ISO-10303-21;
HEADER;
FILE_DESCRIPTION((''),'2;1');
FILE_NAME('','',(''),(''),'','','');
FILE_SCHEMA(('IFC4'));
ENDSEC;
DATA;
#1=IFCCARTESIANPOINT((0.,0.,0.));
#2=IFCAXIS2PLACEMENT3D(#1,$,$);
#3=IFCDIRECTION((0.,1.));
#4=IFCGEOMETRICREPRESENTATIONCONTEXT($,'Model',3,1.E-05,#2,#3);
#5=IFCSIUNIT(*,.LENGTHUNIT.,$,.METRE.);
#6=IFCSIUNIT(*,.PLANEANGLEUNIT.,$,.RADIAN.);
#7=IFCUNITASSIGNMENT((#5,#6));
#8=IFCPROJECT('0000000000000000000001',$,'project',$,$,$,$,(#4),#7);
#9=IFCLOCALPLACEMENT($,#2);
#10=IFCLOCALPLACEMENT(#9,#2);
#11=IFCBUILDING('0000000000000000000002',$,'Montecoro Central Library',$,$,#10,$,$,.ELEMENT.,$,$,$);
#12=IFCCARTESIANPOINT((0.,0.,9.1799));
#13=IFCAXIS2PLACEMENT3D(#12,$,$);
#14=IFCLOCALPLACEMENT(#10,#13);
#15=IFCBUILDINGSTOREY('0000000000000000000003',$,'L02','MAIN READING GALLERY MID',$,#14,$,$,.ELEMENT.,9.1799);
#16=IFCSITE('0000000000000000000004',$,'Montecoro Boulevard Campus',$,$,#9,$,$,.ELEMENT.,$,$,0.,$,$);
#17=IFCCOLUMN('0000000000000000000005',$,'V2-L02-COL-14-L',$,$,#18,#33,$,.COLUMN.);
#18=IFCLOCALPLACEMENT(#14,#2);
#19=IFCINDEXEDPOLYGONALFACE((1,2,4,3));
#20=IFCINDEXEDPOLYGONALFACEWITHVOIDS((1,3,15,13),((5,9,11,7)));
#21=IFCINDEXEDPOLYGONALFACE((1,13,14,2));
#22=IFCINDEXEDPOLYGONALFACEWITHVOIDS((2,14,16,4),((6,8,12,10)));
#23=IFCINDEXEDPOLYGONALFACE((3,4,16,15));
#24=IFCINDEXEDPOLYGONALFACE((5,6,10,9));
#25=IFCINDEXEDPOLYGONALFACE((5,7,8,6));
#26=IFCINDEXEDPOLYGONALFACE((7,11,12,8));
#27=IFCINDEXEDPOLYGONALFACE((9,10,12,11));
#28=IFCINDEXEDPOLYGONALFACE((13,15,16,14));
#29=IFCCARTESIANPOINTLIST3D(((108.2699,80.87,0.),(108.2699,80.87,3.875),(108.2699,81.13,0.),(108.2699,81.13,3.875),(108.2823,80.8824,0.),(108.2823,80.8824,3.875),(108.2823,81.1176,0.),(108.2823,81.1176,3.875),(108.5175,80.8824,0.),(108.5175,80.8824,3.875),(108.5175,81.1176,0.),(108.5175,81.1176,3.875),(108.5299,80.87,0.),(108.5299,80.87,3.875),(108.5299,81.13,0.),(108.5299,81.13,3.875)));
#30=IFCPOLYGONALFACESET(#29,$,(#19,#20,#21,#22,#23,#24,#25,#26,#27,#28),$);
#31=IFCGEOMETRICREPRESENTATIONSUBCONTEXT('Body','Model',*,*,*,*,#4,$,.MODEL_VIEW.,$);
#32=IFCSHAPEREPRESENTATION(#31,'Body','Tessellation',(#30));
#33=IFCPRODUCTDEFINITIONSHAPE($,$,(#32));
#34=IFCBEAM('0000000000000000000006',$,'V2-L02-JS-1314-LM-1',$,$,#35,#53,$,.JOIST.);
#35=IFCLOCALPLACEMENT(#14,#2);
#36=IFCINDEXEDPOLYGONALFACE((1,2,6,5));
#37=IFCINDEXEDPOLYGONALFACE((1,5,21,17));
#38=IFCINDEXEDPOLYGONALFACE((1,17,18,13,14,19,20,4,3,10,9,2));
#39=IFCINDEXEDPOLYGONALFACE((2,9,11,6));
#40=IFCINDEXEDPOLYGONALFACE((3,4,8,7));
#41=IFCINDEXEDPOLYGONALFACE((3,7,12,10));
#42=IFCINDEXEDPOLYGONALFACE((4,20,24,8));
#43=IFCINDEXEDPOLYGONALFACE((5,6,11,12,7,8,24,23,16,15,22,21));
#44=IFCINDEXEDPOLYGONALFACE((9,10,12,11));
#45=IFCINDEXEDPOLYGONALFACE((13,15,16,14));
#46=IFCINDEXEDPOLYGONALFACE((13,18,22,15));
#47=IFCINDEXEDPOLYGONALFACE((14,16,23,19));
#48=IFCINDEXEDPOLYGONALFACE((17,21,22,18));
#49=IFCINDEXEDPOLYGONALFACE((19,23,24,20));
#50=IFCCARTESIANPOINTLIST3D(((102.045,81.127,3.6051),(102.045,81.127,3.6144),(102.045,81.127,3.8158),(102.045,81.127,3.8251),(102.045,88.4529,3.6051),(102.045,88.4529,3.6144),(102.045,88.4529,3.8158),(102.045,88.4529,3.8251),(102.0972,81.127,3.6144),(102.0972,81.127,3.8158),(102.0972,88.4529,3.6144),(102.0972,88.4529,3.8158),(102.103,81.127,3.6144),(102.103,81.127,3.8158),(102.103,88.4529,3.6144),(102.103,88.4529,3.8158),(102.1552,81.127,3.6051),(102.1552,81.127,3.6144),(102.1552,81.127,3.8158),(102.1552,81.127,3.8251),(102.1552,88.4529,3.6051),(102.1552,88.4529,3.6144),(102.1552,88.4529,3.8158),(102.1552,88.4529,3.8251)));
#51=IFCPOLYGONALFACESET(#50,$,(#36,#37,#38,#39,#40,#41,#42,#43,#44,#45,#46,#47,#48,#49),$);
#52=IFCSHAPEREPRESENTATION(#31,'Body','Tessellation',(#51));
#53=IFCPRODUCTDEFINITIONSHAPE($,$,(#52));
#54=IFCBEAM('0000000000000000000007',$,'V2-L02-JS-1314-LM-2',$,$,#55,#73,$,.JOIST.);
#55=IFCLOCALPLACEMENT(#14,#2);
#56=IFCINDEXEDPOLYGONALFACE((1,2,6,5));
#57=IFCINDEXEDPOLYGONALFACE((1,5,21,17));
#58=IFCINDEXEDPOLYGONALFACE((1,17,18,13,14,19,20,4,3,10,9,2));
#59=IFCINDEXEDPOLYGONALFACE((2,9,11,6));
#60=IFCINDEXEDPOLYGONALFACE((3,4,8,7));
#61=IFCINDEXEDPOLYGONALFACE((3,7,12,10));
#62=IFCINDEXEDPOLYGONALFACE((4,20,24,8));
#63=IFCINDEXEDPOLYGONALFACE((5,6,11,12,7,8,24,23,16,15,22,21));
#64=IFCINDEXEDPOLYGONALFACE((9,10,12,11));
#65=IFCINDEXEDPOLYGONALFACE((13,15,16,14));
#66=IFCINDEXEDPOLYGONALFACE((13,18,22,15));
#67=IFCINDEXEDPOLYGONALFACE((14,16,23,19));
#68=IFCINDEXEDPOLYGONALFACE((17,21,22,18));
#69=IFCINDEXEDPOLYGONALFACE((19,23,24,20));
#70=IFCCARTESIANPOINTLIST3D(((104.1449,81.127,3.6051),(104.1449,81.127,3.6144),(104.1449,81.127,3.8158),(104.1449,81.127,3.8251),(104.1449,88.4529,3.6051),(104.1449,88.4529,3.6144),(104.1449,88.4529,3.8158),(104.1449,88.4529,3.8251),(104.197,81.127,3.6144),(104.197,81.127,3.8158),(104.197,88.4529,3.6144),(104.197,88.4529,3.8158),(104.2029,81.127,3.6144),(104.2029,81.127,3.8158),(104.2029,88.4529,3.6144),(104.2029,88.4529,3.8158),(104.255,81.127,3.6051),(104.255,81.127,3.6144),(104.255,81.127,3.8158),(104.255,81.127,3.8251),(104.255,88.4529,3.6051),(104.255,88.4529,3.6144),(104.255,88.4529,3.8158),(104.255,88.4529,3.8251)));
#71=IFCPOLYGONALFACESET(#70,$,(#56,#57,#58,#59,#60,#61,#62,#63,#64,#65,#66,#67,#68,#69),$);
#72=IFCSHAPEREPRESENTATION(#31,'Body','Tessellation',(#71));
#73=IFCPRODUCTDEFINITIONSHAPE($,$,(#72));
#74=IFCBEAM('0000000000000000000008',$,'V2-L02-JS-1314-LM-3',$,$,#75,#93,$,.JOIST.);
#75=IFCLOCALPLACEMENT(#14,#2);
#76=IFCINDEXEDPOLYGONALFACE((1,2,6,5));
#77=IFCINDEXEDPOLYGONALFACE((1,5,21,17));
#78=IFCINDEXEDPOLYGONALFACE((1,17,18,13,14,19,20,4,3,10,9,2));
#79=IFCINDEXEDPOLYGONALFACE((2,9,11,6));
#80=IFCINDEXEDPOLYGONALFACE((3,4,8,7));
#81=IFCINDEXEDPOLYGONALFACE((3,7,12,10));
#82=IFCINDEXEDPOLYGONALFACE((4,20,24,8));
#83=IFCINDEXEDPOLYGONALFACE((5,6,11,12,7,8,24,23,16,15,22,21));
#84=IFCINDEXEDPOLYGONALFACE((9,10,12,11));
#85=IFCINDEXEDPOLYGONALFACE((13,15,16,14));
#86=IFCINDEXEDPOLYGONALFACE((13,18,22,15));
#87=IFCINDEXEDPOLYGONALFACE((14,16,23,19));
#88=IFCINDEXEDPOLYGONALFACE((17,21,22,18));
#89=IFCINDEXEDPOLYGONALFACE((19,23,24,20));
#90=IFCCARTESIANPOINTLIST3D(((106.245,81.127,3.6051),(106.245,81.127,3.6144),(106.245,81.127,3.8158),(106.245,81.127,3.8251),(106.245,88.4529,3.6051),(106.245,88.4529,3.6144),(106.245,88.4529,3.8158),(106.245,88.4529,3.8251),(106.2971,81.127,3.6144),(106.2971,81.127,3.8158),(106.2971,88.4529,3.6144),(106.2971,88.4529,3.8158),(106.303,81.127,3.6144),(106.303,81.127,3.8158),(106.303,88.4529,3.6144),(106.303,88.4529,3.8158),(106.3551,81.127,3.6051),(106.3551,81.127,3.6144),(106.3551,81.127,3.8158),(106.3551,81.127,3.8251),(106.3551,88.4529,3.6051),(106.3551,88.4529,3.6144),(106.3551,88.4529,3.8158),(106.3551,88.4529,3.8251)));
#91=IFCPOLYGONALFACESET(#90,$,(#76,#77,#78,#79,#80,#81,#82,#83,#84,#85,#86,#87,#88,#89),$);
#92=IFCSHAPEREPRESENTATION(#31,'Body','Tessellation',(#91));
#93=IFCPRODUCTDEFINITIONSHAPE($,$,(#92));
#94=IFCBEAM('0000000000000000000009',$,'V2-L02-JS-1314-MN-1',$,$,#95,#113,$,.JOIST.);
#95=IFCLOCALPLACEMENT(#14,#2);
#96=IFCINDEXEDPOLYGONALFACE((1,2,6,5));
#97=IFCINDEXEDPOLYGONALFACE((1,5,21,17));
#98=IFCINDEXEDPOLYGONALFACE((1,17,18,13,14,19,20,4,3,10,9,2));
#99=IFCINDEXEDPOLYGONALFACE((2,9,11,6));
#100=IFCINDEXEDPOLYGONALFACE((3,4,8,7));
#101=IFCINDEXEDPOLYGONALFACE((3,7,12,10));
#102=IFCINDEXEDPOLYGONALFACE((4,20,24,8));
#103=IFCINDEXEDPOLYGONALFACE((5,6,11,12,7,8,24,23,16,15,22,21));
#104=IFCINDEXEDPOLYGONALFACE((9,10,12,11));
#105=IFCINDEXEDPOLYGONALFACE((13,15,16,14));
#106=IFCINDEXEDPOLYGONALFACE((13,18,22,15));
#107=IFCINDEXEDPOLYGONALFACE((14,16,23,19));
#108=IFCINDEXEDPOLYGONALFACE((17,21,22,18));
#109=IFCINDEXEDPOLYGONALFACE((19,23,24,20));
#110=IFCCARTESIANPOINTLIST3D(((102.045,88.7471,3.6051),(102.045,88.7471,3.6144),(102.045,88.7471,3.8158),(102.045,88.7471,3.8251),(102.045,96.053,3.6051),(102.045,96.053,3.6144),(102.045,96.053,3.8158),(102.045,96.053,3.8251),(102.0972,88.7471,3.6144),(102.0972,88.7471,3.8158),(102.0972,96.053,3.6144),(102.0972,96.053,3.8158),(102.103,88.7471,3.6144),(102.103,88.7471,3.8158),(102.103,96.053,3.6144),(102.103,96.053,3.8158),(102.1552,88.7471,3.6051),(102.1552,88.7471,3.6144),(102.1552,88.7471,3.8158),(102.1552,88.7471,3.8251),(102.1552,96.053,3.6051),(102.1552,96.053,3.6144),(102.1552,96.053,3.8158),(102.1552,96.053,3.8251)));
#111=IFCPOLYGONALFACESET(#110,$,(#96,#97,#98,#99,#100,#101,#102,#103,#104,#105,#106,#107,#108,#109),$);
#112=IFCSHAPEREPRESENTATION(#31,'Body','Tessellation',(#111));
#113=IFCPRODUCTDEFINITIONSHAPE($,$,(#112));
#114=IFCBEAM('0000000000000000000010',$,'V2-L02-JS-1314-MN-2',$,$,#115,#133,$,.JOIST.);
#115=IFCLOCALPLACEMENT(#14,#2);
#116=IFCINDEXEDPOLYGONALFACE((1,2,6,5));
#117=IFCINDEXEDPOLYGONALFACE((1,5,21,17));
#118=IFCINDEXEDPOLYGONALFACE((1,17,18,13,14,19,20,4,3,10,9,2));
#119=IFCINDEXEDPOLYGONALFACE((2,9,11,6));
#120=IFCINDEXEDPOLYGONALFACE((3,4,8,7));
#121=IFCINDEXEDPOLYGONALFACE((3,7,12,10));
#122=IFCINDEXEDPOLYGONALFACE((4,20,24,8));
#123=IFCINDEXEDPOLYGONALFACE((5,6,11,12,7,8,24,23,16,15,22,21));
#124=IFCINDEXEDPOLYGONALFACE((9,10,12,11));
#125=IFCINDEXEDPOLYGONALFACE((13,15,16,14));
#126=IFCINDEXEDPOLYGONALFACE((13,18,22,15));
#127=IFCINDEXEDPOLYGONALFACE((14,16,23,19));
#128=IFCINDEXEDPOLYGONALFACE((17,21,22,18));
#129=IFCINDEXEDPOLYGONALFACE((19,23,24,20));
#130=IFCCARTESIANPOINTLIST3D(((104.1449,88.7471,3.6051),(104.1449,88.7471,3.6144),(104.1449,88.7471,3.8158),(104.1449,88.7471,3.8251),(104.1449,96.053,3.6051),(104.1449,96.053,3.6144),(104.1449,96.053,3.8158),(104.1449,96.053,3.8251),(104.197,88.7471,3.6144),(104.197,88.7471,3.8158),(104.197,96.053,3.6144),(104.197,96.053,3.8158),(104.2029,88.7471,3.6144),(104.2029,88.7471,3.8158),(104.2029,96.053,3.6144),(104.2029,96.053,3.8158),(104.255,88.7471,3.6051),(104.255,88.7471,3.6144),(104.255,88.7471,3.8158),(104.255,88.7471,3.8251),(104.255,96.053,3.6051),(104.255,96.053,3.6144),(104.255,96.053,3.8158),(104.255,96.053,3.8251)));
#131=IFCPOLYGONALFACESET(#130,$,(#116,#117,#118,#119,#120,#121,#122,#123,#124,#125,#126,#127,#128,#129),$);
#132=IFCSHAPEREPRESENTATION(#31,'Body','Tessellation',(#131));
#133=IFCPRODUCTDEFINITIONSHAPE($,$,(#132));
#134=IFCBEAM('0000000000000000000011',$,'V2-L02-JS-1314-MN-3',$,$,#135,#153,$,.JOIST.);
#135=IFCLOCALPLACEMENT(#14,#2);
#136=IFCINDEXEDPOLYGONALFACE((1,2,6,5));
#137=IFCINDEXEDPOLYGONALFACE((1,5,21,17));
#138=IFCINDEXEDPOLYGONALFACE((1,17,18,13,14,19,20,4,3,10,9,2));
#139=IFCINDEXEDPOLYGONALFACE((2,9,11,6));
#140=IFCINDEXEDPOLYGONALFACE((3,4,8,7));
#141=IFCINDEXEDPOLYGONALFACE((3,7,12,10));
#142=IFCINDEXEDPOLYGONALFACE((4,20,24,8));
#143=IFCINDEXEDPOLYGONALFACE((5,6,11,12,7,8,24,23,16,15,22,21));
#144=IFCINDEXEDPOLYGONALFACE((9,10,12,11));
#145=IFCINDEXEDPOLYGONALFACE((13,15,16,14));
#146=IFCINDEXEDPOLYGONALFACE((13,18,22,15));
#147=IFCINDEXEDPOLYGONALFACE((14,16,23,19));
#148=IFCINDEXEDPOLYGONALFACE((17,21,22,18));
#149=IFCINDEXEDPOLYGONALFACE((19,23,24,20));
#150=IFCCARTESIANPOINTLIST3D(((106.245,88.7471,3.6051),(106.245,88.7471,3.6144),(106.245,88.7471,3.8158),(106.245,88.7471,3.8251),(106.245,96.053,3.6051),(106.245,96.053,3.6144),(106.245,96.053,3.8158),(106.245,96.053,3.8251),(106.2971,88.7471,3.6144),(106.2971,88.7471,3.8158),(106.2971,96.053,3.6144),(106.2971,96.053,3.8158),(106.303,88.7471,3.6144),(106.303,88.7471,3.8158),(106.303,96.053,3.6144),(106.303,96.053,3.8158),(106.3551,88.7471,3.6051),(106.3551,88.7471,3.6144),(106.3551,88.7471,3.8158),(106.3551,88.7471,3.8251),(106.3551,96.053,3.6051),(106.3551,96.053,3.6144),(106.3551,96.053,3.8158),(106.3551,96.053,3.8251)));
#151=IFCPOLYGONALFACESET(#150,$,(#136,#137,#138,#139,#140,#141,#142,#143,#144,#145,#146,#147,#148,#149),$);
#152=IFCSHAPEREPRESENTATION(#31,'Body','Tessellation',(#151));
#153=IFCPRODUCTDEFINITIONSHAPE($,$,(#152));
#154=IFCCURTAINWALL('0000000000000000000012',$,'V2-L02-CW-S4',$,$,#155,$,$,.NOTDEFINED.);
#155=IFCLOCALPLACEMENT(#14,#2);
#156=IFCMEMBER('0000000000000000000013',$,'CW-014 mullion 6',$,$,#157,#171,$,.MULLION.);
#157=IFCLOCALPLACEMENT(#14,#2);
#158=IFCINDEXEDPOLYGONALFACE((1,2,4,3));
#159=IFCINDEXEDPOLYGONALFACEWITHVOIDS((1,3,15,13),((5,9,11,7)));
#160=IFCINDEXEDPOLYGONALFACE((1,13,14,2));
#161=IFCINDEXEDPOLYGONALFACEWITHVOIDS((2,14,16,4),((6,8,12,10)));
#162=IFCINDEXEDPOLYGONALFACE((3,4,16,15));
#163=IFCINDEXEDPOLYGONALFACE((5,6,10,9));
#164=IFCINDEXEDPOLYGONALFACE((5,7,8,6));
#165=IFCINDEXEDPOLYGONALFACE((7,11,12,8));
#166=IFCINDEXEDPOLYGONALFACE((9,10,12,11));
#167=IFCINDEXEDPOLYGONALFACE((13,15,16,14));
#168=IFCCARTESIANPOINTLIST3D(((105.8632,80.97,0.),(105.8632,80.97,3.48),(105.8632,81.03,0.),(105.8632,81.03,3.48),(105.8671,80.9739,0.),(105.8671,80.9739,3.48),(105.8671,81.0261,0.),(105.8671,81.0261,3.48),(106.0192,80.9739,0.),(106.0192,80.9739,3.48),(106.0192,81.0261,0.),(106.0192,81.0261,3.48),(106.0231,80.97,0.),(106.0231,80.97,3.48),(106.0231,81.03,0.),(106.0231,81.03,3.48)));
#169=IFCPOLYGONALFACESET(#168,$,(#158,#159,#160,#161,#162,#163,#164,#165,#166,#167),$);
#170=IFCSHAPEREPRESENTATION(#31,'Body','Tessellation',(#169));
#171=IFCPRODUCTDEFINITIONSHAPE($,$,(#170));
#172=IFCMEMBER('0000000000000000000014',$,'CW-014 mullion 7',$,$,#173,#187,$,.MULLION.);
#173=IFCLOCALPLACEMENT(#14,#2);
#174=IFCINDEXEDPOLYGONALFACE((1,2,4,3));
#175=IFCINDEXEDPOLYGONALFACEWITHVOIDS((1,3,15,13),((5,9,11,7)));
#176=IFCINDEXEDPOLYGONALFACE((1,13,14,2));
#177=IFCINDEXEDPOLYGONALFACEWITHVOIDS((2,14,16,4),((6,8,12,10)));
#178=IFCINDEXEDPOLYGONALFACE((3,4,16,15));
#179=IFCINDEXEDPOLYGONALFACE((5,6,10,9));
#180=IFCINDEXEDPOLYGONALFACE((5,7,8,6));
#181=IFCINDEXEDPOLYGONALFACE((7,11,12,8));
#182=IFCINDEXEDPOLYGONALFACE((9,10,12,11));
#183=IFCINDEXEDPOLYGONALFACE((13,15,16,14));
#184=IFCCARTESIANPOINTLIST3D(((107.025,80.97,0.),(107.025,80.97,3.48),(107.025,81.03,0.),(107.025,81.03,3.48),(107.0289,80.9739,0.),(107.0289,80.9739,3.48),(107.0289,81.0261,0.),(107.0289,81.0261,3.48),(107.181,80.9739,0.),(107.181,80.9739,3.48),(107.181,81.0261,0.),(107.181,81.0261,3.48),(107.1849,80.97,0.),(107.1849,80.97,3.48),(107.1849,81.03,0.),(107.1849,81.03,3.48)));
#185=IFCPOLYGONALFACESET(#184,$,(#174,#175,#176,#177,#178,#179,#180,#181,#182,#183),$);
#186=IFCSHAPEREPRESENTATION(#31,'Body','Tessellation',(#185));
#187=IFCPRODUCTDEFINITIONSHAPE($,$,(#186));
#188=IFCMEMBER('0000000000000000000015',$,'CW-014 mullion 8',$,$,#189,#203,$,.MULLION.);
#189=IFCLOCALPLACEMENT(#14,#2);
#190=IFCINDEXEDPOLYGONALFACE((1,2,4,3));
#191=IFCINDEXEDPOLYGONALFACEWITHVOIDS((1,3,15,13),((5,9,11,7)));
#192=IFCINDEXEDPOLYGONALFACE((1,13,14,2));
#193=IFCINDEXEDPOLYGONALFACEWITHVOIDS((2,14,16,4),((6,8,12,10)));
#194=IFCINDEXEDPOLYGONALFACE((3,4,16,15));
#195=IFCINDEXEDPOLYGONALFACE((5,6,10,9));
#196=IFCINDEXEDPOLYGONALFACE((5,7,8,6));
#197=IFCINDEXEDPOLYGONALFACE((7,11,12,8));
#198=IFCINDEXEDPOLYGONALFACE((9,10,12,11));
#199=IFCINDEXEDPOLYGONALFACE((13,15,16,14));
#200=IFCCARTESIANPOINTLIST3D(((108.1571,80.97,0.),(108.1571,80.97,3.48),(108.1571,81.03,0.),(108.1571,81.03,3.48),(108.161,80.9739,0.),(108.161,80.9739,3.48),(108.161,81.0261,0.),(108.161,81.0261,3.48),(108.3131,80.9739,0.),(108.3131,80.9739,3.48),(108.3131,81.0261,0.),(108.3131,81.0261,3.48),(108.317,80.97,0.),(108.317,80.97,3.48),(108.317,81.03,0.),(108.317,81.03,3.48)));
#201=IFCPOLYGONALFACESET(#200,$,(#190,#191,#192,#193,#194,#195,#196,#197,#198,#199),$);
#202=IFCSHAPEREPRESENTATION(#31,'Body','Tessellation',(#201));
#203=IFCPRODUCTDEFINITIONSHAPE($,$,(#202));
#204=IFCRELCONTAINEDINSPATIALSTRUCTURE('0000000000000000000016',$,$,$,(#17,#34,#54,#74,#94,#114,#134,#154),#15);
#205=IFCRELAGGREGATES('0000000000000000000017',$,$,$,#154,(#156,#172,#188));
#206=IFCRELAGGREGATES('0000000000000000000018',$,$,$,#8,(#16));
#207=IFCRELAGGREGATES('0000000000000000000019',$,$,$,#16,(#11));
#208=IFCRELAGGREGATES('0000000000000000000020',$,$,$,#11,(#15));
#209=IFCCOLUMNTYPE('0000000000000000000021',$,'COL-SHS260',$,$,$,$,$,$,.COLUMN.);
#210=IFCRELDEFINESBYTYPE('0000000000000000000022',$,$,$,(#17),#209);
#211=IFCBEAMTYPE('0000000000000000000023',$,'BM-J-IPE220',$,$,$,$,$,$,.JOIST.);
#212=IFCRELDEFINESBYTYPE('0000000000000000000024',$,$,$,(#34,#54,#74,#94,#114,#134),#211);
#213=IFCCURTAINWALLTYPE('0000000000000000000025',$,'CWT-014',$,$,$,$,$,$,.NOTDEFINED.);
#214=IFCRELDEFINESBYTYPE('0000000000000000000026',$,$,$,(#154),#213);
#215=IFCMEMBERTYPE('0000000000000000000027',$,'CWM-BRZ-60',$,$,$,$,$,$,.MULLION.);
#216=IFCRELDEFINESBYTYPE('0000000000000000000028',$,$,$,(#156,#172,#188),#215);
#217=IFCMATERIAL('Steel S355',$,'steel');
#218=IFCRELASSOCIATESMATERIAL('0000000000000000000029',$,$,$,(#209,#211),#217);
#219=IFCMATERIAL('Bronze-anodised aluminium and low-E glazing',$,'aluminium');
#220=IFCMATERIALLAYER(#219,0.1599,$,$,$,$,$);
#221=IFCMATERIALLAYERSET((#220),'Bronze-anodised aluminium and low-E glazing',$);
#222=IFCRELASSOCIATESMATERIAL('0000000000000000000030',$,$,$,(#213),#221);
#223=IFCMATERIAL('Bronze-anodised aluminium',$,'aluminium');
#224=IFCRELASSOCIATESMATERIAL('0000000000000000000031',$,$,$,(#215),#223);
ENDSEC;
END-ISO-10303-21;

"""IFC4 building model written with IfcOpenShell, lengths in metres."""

from ifc_helpers import new_model, si_unit, direction, frame, origin, origin_2d, place, context, subcontext, project, spatial, hollow_rectangle, i_section, extrude, material, layer, layer_set, material_profile, profile_set, type_object, element, aggregate, save


model = new_model("IFC4")

# Units and contexts
model_context = context("Model", 3, precision=1e-05, world=origin(), true_north=direction((0.0, 1.0)))
body_context = subcontext(model_context, "Body", "Model", "MODEL_VIEW")
ifc_project = project(units=[si_unit("LENGTHUNIT", "METRE"), si_unit("PLANEANGLEUNIT", "RADIAN")], contexts=[model_context])

# Site, building, storey
site_placement = place(None, origin())
site = spatial("IfcSite", under=ifc_project, at=site_placement, Name="Montecoro Boulevard Campus", CompositionType="ELEMENT", RefElevation=0.0)
building_placement = place(site_placement, origin())
building = spatial("IfcBuilding", under=site, at=building_placement, Name="Montecoro Central Library", CompositionType="ELEMENT")
storey_placement = place(building_placement, frame((0.0, 0.0, 9.1799)))
storey = spatial("IfcBuildingStorey", under=building, at=storey_placement, Name="L02", Description="MAIN READING GALLERY MID", CompositionType="ELEMENT", Elevation=9.1799)

# Column
ifc_material_1 = material(Name="Steel S355", Category="steel")
ifc_material_profile_1 = material_profile(ifc_material_1, hollow_rectangle(XDim=0.26, YDim=0.26, WallThickness=0.0125, at=origin_2d()), Name="SHS 260x260x12.5")
ifc_profile_set_1 = profile_set([ifc_material_profile_1], Name="Steel S355")
column_type = type_object("IfcColumnType", Name="COL-SHS260", PredefinedType="COLUMN", material=ifc_profile_set_1)
column_placement = place(storey_placement, frame((108.3999, 81.0, 0.0), z_axis=(0.0, 0.0, 1.0), x_axis=(1.0, 0.0, 0.0)))
element("IfcColumn", 1, at=column_placement, inside=storey, type_object=column_type, Name="V2-L02-COL-14-L", PredefinedType="COLUMN", context=body_context, shape_type="SweptSolid", body=[
    extrude(hollow_rectangle(XDim=0.26, YDim=0.26, WallThickness=0.0125, at=origin_2d()), origin(), (0.0, 0.0, 1.0), 3.875),
])

# Beams
ifc_material_profile_2 = material_profile(ifc_material_1, i_section(OverallWidth=0.1101, OverallDepth=0.22, WebThickness=0.0059, FlangeThickness=0.0093, at=origin_2d()), Name="IPE 220")
ifc_profile_set_2 = profile_set([ifc_material_profile_2], Name="Steel S355")
beam_type = type_object("IfcBeamType", Name="BM-J-IPE220", PredefinedType="JOIST", material=ifc_profile_set_2)
for number, where, z_axis, x_axis, name in (
    (2, (102.1001, 81.127, 3.7151), (0.0, 1.0, 0.0), (-1.0, 0.0, 0.0), "V2-L02-JS-1314-LM-1"),
    (3, (104.2, 81.127, 3.7151), (0.0, 1.0, 0.0), (-1.0, 0.0, 0.0), "V2-L02-JS-1314-LM-2"),
    (4, (106.3, 81.127, 3.7151), (0.0, 1.0, 0.0), (-1.0, 0.0, 0.0), "V2-L02-JS-1314-LM-3"),
):
    element("IfcBeam", number, at=place(storey_placement, frame(where, z_axis=z_axis, x_axis=x_axis)), inside=storey, type_object=beam_type, Name=name, PredefinedType="JOIST", context=body_context, shape_type="SweptSolid", body=[
        extrude(i_section(OverallWidth=0.1101, OverallDepth=0.22, WebThickness=0.0059, FlangeThickness=0.0093, at=origin_2d()), origin(), (0.0, 0.0, 1.0), 7.3259),
    ])
for number, where, z_axis, x_axis, name in (
    (5, (102.1001, 88.7471, 3.7151), (0.0, 1.0, 0.0), (-1.0, 0.0, 0.0), "V2-L02-JS-1314-MN-1"),
    (6, (104.2, 88.7471, 3.7151), (0.0, 1.0, 0.0), (-1.0, 0.0, 0.0), "V2-L02-JS-1314-MN-2"),
    (7, (106.3, 88.7471, 3.7151), (0.0, 1.0, 0.0), (-1.0, 0.0, 0.0), "V2-L02-JS-1314-MN-3"),
):
    element("IfcBeam", number, at=place(storey_placement, frame(where, z_axis=z_axis, x_axis=x_axis)), inside=storey, type_object=beam_type, Name=name, PredefinedType="JOIST", context=body_context, shape_type="SweptSolid", body=[
        extrude(i_section(OverallWidth=0.1101, OverallDepth=0.22, WebThickness=0.0059, FlangeThickness=0.0093, at=origin_2d()), origin(), (0.0, 0.0, 1.0), 7.3059),
    ])

# Curtain wall, members
ifc_material_2 = material(Name="Bronze-anodised aluminium and low-E glazing", Category="aluminium")
ifc_layer_1 = layer(ifc_material_2, 0.1599)
ifc_layer_set_1 = layer_set([ifc_layer_1], Name="Bronze-anodised aluminium and low-E glazing")
curtain_wall_type = type_object("IfcCurtainWallType", Name="CWT-014", PredefinedType="NOTDEFINED", material=ifc_layer_set_1)
curtain_wall_placement = place(storey_placement, origin())
curtain_wall = element("IfcCurtainWall", 8, at=curtain_wall_placement, inside=storey, type_object=curtain_wall_type, Name="V2-L02-CW-S4", PredefinedType="NOTDEFINED")
ifc_material_3 = material(Name="Bronze-anodised aluminium", Category="aluminium")
ifc_material_profile_3 = material_profile(ifc_material_3, hollow_rectangle(XDim=0.0601, YDim=0.1599, WallThickness=0.0039, at=origin_2d()), Name="CWM 160x60x4.0")
ifc_profile_set_3 = profile_set([ifc_material_profile_3], Name="Bronze-anodised aluminium")
member_type_1 = type_object("IfcMemberType", Name="CWM-BRZ-60", PredefinedType="MULLION", material=ifc_profile_set_3)
member_1_placement = place(storey_placement, frame((105.9431, 81.0, 0.0), z_axis=(0.0, 0.0, 1.0), x_axis=(0.0, 1.0, 0.0)))
member_1 = element("IfcMember", 9, at=member_1_placement, type_object=member_type_1, Name="CW-014 mullion 6", PredefinedType="MULLION", context=body_context, shape_type="SweptSolid", body=[
    extrude(hollow_rectangle(XDim=0.0601, YDim=0.1599, WallThickness=0.0039, at=origin_2d()), origin(), (0.0, 0.0, 1.0), 3.48),
])
member_2_placement = place(storey_placement, frame((107.105, 81.0, 0.0), z_axis=(0.0, 0.0, 1.0), x_axis=(0.0, 1.0, 0.0)))
member_2 = element("IfcMember", 10, at=member_2_placement, type_object=member_type_1, Name="CW-014 mullion 7", PredefinedType="MULLION", context=body_context, shape_type="SweptSolid", body=[
    extrude(hollow_rectangle(XDim=0.0601, YDim=0.1599, WallThickness=0.0039, at=origin_2d()), origin(), (0.0, 0.0, 1.0), 3.48),
])
member_3_placement = place(storey_placement, frame((108.2371, 81.0, 0.0), z_axis=(0.0, 0.0, 1.0), x_axis=(0.0, 1.0, 0.0)))
member_3 = element("IfcMember", 11, at=member_3_placement, type_object=member_type_1, Name="CW-014 mullion 8", PredefinedType="MULLION", context=body_context, shape_type="SweptSolid", body=[
    extrude(hollow_rectangle(XDim=0.0601, YDim=0.1599, WallThickness=0.0039, at=origin_2d()), origin(), (0.0, 0.0, 1.0), 3.48),
])
aggregate(curtain_wall, [member_1, member_2, member_3])

save(model, "model.ifc")
